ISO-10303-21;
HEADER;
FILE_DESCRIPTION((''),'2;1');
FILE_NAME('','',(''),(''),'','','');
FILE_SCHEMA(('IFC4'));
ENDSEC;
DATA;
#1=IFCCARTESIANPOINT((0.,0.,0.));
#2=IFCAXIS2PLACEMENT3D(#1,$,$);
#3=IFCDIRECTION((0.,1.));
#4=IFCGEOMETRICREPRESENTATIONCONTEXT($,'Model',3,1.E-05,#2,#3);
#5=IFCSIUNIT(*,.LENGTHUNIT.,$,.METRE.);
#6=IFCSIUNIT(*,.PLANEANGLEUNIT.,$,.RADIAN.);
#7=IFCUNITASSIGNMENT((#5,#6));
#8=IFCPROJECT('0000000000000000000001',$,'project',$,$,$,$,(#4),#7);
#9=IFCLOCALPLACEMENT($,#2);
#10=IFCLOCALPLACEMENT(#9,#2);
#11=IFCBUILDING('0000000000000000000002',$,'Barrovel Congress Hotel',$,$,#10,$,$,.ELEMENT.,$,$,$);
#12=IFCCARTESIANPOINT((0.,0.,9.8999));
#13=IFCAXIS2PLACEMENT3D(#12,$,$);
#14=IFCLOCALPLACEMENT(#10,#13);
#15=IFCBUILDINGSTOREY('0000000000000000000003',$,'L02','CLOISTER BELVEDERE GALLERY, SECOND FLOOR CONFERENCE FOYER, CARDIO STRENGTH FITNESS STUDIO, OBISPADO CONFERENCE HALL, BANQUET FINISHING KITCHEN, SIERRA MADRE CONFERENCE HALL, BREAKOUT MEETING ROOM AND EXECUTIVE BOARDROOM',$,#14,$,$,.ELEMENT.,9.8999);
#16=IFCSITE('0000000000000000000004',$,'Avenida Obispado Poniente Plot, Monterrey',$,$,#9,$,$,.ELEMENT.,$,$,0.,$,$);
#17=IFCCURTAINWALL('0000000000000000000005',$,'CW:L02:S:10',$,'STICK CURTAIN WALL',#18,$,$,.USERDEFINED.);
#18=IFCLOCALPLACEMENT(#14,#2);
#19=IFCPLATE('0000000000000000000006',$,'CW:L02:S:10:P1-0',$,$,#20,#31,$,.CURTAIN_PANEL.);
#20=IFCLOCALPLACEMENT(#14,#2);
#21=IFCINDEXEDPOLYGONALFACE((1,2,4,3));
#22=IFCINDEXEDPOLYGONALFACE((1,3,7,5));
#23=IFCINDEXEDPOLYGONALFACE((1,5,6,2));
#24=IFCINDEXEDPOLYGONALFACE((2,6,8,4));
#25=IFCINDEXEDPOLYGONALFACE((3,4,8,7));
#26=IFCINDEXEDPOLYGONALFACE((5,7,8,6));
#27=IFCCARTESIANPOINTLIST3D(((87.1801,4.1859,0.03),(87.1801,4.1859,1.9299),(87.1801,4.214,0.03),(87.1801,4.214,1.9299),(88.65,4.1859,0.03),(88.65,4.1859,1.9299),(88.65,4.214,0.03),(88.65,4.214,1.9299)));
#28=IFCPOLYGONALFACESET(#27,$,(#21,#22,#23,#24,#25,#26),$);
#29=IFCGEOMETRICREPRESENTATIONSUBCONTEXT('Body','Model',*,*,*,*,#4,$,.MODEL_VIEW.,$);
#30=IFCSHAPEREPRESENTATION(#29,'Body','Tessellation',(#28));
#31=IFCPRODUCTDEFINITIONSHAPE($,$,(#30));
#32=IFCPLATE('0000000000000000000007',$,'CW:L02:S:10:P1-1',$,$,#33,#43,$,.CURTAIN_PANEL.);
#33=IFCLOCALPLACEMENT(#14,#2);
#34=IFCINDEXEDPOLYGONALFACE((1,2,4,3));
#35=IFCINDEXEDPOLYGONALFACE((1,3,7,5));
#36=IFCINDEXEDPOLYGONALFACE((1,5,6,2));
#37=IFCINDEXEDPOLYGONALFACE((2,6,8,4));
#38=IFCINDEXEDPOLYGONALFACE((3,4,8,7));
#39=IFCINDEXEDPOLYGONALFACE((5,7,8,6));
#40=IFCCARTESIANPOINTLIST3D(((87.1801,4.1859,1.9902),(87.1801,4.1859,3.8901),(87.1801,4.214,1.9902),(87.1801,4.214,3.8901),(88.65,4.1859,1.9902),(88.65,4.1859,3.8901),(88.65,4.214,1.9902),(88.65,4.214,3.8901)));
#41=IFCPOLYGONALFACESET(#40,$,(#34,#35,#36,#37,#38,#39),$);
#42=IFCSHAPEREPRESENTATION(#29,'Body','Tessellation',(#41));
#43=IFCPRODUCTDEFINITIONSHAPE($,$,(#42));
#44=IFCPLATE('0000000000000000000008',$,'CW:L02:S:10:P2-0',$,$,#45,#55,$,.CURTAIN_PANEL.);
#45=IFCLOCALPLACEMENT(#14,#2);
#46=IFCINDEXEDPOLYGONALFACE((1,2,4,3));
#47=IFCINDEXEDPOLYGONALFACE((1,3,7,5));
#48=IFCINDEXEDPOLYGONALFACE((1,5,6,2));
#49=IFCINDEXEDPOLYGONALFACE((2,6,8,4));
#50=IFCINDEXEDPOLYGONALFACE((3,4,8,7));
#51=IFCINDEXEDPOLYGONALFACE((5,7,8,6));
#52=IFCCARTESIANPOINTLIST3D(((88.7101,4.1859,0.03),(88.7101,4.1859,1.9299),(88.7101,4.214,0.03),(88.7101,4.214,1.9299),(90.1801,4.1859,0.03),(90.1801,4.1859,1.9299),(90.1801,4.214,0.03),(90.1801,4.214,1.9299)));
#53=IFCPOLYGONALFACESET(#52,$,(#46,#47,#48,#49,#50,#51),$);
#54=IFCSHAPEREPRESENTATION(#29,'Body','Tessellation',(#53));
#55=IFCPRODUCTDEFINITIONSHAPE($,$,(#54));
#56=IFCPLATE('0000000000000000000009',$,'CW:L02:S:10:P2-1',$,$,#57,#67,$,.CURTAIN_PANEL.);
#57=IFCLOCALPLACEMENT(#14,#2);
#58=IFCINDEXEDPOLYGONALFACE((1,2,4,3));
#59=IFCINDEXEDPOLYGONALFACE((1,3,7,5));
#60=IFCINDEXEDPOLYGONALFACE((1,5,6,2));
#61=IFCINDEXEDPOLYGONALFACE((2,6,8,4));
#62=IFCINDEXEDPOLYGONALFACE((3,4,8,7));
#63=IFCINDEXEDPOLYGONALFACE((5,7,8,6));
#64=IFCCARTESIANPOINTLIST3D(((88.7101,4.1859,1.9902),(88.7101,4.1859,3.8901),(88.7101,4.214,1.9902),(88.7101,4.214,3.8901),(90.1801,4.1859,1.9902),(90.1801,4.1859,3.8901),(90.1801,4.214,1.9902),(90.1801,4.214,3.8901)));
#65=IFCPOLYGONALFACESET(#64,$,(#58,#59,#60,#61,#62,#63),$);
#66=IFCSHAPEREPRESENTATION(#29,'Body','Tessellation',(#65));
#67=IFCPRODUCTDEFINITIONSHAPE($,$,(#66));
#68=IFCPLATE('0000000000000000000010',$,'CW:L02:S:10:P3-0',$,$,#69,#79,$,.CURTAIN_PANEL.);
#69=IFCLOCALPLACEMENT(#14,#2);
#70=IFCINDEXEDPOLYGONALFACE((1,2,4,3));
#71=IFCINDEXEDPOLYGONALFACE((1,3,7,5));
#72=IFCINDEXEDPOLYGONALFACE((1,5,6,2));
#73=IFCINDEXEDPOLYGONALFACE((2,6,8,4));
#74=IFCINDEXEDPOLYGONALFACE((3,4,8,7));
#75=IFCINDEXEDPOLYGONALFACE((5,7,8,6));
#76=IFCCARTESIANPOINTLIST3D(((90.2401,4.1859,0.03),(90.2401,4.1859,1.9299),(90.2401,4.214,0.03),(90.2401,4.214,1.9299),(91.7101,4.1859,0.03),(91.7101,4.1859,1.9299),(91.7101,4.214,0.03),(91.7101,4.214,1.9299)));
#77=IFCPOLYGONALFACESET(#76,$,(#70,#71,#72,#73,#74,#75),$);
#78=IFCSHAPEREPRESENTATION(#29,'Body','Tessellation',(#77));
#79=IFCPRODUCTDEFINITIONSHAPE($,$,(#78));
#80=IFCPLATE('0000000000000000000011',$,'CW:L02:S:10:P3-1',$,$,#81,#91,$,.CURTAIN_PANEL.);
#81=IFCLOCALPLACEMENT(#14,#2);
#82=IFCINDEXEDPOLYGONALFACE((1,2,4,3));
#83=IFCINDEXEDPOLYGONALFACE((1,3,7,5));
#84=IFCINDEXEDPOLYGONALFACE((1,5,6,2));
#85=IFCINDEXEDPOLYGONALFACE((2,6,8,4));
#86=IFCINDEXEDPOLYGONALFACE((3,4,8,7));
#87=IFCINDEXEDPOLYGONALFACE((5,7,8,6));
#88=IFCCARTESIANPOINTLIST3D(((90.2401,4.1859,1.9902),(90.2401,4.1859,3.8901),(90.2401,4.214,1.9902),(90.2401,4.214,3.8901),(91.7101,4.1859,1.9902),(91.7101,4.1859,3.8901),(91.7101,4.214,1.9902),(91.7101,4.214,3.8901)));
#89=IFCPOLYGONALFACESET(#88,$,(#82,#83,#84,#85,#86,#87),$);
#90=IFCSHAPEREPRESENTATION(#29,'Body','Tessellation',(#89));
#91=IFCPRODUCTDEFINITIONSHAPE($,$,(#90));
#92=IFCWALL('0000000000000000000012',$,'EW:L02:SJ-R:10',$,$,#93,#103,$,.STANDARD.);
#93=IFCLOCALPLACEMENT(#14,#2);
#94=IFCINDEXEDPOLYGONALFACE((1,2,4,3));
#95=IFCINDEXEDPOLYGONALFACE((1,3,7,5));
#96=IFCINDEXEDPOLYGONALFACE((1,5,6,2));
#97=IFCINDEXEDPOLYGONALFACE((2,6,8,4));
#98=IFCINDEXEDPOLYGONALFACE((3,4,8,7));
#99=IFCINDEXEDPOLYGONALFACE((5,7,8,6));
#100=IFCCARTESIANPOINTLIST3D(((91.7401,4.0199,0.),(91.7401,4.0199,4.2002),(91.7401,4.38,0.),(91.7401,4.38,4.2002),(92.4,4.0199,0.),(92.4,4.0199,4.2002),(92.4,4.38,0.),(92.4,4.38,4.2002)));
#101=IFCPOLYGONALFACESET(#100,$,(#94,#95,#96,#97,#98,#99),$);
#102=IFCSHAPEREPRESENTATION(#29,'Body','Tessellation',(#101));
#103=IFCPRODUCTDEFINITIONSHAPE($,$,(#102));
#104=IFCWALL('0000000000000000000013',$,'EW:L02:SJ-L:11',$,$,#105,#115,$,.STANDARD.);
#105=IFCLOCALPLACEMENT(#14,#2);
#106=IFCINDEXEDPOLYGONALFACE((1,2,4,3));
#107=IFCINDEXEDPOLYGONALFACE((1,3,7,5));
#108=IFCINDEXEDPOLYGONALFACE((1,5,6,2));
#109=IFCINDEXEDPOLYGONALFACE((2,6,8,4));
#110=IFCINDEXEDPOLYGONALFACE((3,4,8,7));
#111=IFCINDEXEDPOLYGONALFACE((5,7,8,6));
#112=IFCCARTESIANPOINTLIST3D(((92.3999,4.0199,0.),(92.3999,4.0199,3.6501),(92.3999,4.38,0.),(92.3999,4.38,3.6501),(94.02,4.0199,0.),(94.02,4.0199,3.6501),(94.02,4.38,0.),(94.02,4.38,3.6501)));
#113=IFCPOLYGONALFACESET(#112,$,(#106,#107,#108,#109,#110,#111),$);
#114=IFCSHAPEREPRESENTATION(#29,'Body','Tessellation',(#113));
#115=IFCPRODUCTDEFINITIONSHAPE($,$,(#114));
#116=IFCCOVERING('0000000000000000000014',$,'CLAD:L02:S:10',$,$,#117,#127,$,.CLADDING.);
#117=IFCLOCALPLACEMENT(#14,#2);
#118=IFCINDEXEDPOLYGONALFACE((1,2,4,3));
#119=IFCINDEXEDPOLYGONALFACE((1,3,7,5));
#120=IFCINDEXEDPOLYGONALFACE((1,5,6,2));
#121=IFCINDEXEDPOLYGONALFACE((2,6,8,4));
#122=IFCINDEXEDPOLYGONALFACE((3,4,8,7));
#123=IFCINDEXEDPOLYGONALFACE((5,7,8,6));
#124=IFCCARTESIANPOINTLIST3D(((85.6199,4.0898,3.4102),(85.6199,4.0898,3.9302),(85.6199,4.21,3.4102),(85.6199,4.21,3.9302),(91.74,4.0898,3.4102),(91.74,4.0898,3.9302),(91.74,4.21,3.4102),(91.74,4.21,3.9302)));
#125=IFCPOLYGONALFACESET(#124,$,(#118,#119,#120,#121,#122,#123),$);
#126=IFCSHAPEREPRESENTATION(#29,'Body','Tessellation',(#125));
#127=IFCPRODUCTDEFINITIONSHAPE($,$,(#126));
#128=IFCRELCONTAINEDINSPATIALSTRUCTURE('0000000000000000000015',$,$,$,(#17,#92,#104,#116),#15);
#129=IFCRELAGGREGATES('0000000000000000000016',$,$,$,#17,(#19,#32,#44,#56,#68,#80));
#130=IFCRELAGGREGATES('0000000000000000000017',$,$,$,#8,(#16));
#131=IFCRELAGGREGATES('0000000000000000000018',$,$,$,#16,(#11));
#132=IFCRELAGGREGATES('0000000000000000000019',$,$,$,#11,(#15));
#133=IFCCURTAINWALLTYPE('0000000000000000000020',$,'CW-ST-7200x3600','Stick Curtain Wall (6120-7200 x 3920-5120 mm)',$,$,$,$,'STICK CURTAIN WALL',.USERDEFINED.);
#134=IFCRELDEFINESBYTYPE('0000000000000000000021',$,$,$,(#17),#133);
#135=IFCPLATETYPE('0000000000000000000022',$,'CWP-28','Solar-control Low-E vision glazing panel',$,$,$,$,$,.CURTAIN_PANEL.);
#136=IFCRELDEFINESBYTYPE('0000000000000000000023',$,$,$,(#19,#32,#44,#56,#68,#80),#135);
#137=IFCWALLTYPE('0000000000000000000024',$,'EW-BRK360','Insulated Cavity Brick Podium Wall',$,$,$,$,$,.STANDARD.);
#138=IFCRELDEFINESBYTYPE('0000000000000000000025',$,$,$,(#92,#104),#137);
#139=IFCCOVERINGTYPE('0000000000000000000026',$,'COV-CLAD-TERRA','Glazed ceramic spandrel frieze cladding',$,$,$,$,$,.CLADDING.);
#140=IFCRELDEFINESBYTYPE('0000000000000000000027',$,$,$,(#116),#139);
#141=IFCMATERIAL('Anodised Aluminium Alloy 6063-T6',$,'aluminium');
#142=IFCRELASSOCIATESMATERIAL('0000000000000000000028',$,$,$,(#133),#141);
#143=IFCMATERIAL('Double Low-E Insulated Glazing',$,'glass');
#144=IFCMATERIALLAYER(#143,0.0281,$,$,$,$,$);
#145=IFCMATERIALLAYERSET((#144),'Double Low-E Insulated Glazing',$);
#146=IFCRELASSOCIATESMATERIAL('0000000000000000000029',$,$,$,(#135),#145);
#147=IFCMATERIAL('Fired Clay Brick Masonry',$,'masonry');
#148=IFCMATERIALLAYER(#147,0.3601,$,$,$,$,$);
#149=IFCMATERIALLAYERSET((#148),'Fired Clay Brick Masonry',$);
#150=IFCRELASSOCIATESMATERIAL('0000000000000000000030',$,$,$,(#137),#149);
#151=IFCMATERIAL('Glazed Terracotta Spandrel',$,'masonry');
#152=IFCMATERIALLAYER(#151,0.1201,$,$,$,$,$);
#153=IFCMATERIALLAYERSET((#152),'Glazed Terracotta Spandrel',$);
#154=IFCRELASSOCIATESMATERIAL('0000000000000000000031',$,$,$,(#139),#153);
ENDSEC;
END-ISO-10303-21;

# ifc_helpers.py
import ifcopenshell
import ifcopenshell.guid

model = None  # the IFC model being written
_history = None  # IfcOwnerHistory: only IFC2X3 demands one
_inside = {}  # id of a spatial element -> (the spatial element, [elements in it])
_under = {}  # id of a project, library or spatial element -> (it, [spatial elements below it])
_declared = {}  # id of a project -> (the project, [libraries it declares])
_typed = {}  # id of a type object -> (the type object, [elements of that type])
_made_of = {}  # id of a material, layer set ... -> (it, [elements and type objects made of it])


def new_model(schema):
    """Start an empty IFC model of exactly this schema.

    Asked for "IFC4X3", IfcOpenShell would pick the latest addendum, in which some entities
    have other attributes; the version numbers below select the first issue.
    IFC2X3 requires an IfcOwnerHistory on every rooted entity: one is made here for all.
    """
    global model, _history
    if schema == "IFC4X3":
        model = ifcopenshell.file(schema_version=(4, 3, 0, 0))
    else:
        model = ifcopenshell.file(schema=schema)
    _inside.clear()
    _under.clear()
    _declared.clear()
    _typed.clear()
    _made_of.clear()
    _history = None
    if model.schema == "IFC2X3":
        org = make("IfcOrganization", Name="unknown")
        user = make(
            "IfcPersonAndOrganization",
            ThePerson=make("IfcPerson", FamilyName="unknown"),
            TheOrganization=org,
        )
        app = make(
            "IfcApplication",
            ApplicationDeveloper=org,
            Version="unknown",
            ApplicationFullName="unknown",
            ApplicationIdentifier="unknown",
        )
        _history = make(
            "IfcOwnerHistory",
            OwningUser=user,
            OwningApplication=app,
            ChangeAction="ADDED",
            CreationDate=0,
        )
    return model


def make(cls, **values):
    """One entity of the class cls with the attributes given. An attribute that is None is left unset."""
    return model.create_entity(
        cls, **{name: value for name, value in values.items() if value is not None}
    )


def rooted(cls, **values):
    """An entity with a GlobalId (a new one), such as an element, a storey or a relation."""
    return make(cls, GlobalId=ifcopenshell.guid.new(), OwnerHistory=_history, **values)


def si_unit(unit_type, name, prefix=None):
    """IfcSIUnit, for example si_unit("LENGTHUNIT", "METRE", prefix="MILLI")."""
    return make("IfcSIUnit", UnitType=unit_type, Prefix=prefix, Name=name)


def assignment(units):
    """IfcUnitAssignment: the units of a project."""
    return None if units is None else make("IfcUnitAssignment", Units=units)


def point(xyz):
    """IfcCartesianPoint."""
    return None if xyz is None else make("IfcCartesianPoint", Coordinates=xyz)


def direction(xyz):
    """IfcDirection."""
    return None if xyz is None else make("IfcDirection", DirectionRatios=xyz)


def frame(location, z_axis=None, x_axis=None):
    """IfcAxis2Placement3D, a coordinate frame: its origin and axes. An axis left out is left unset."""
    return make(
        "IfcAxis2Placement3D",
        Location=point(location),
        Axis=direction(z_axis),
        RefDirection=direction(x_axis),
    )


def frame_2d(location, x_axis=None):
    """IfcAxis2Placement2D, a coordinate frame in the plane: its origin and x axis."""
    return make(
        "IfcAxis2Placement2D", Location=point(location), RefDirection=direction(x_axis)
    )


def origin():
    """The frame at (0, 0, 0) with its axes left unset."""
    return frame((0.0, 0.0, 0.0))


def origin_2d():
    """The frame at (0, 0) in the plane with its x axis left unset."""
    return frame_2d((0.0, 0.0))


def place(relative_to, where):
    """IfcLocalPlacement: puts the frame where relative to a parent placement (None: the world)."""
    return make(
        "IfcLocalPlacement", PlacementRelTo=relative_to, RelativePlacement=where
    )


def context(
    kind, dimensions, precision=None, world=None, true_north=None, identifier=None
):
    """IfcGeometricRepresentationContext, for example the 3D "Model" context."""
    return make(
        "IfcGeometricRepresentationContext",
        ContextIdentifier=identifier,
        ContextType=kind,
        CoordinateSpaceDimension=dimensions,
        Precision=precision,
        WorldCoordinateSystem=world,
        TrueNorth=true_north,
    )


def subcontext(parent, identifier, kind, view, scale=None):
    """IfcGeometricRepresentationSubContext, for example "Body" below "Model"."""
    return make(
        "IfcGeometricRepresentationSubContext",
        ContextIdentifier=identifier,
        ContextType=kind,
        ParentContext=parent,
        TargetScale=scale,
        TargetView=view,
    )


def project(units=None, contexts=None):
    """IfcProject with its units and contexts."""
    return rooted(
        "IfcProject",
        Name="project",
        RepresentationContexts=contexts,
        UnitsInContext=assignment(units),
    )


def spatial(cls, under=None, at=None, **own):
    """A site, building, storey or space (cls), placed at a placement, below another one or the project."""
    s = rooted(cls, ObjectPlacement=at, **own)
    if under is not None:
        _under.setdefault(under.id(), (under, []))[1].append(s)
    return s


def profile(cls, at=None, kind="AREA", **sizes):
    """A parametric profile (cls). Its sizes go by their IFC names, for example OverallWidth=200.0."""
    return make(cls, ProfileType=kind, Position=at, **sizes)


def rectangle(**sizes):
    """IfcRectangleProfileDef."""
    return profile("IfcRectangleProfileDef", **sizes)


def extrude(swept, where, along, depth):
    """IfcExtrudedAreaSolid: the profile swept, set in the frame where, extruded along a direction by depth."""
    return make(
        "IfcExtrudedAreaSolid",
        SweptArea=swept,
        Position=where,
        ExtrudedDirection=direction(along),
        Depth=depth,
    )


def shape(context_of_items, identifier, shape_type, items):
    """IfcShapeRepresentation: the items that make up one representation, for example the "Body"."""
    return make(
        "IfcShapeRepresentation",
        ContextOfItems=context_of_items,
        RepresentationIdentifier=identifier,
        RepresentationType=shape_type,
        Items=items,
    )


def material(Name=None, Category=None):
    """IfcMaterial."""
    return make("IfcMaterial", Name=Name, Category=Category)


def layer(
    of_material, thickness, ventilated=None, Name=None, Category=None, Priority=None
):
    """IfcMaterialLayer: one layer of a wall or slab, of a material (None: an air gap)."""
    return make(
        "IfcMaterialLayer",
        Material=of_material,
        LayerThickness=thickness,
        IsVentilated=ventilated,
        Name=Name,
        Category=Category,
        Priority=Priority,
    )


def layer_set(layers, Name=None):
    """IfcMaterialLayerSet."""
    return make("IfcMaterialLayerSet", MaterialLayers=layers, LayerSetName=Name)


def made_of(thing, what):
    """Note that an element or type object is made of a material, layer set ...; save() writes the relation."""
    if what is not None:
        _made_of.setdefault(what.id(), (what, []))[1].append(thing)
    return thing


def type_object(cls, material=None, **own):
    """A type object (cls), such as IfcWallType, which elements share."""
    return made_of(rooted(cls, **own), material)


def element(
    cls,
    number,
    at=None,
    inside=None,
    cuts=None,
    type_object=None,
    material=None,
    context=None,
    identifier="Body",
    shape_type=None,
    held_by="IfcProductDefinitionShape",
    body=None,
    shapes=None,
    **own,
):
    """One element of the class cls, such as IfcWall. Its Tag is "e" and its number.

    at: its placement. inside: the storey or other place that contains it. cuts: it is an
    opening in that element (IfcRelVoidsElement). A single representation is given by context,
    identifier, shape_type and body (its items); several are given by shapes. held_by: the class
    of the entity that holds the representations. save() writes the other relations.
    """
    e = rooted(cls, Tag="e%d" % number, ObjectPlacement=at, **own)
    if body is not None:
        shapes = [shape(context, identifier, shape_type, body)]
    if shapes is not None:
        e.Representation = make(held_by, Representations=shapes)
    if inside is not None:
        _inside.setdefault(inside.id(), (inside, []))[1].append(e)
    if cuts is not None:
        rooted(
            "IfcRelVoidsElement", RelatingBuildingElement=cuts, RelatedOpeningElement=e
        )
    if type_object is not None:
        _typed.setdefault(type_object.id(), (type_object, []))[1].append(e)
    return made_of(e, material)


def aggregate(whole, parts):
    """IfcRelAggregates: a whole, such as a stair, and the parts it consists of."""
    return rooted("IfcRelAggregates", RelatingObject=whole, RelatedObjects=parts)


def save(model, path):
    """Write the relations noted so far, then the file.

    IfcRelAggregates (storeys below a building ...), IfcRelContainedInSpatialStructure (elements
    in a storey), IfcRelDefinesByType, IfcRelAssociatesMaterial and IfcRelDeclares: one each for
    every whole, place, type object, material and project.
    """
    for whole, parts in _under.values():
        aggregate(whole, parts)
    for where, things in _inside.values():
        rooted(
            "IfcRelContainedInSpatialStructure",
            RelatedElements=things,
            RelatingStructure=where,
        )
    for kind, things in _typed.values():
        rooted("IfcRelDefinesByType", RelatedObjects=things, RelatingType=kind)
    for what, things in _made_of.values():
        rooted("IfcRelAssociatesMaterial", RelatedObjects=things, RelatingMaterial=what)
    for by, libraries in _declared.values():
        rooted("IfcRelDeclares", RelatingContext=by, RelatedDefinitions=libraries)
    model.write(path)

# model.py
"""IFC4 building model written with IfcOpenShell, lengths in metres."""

from ifc_helpers import new_model, si_unit, direction, frame, frame_2d, origin, origin_2d, place, context, subcontext, project, spatial, rectangle, extrude, material, layer, layer_set, type_object, element, aggregate, save


model = new_model("IFC4")

# Units and contexts
model_context = context("Model", 3, precision=1e-05, world=origin(), true_north=direction((0.0, 1.0)))
body_context = subcontext(model_context, "Body", "Model", "MODEL_VIEW")
ifc_project = project(units=[si_unit("LENGTHUNIT", "METRE"), si_unit("PLANEANGLEUNIT", "RADIAN")], contexts=[model_context])

# Site, building, storey
site_placement = place(None, origin())
site = spatial("IfcSite", under=ifc_project, at=site_placement, Name="Avenida Obispado Poniente Plot, Monterrey", CompositionType="ELEMENT", RefElevation=0.0)
building_placement = place(site_placement, origin())
building = spatial("IfcBuilding", under=site, at=building_placement, Name="Barrovel Congress Hotel", CompositionType="ELEMENT")
storey_placement = place(building_placement, frame((0.0, 0.0, 9.8999)))
storey = spatial("IfcBuildingStorey", under=building, at=storey_placement, Name="L02", Description="CLOISTER BELVEDERE GALLERY, SECOND FLOOR CONFERENCE FOYER, CARDIO STRENGTH FITNESS STUDIO, OBISPADO CONFERENCE HALL, BANQUET FINISHING KITCHEN, SIERRA MADRE CONFERENCE HALL, BREAKOUT MEETING ROOM AND EXECUTIVE BOARDROOM", CompositionType="ELEMENT", Elevation=9.8999)

# Curtain wall
ifc_material_1 = material(Name="Anodised Aluminium Alloy 6063-T6", Category="aluminium")
curtain_wall_type = type_object("IfcCurtainWallType", Name="CW-ST-7200x3600", Description="Stick Curtain Wall (6120-7200 x 3920-5120 mm)", ElementType="STICK CURTAIN WALL", PredefinedType="USERDEFINED", material=ifc_material_1)
curtain_wall_placement = place(storey_placement, origin())
curtain_wall = element("IfcCurtainWall", 1, at=curtain_wall_placement, inside=storey, type_object=curtain_wall_type, Name="CW:L02:S:10", ObjectType="STICK CURTAIN WALL", PredefinedType="USERDEFINED")

# Plates
ifc_material_2 = material(Name="Double Low-E Insulated Glazing", Category="glass")
ifc_layer_1 = layer(ifc_material_2, 0.0281)
ifc_layer_set_1 = layer_set([ifc_layer_1], Name="Double Low-E Insulated Glazing")
plate_type = type_object("IfcPlateType", Name="CWP-28", Description="Solar-control Low-E vision glazing panel", PredefinedType="CURTAIN_PANEL", material=ifc_layer_set_1)
plate_1_placement = place(storey_placement, frame((87.915, 4.2, 0.03), z_axis=(0.0, 0.0, 1.0), x_axis=(1.0, 0.0, 0.0)))
plate_1 = element("IfcPlate", 2, at=plate_1_placement, type_object=plate_type, Name="CW:L02:S:10:P1-0", PredefinedType="CURTAIN_PANEL", context=body_context, shape_type="SweptSolid", body=[
    extrude(rectangle(XDim=1.47, YDim=0.0281, at=origin_2d()), origin(), (0.0, 0.0, 1.0), 1.8999),
])
plate_2_placement = place(storey_placement, frame((87.915, 4.2, 1.9902), z_axis=(0.0, 0.0, 1.0), x_axis=(1.0, 0.0, 0.0)))
plate_2 = element("IfcPlate", 3, at=plate_2_placement, type_object=plate_type, Name="CW:L02:S:10:P1-1", PredefinedType="CURTAIN_PANEL", context=body_context, shape_type="SweptSolid", body=[
    extrude(rectangle(XDim=1.47, YDim=0.0281, at=origin_2d()), origin(), (0.0, 0.0, 1.0), 1.8999),
])
plate_3_placement = place(storey_placement, frame((89.4451, 4.2, 0.03), z_axis=(0.0, 0.0, 1.0), x_axis=(1.0, 0.0, 0.0)))
plate_3 = element("IfcPlate", 4, at=plate_3_placement, type_object=plate_type, Name="CW:L02:S:10:P2-0", PredefinedType="CURTAIN_PANEL", context=body_context, shape_type="SweptSolid", body=[
    extrude(rectangle(XDim=1.47, YDim=0.0281, at=origin_2d()), origin(), (0.0, 0.0, 1.0), 1.8999),
])
plate_4_placement = place(storey_placement, frame((89.4451, 4.2, 1.9902), z_axis=(0.0, 0.0, 1.0), x_axis=(1.0, 0.0, 0.0)))
plate_4 = element("IfcPlate", 5, at=plate_4_placement, type_object=plate_type, Name="CW:L02:S:10:P2-1", PredefinedType="CURTAIN_PANEL", context=body_context, shape_type="SweptSolid", body=[
    extrude(rectangle(XDim=1.47, YDim=0.0281, at=origin_2d()), origin(), (0.0, 0.0, 1.0), 1.8999),
])
plate_5_placement = place(storey_placement, frame((90.9751, 4.2, 0.03), z_axis=(0.0, 0.0, 1.0), x_axis=(1.0, 0.0, 0.0)))
plate_5 = element("IfcPlate", 6, at=plate_5_placement, type_object=plate_type, Name="CW:L02:S:10:P3-0", PredefinedType="CURTAIN_PANEL", context=body_context, shape_type="SweptSolid", body=[
    extrude(rectangle(XDim=1.47, YDim=0.0281, at=origin_2d()), origin(), (0.0, 0.0, 1.0), 1.8999),
])
plate_6_placement = place(storey_placement, frame((90.9751, 4.2, 1.9902), z_axis=(0.0, 0.0, 1.0), x_axis=(1.0, 0.0, 0.0)))
plate_6 = element("IfcPlate", 7, at=plate_6_placement, type_object=plate_type, Name="CW:L02:S:10:P3-1", PredefinedType="CURTAIN_PANEL", context=body_context, shape_type="SweptSolid", body=[
    extrude(rectangle(XDim=1.47, YDim=0.0281, at=origin_2d()), origin(), (0.0, 0.0, 1.0), 1.8999),
])
aggregate(curtain_wall, [plate_1, plate_2, plate_3, plate_4, plate_5, plate_6])

# Walls
ifc_material_3 = material(Name="Fired Clay Brick Masonry", Category="masonry")
ifc_layer_2 = layer(ifc_material_3, 0.3601)
ifc_layer_set_2 = layer_set([ifc_layer_2], Name="Fired Clay Brick Masonry")
wall_type = type_object("IfcWallType", Name="EW-BRK360", Description="Insulated Cavity Brick Podium Wall", PredefinedType="STANDARD", material=ifc_layer_set_2)
wall_1_placement = place(storey_placement, frame((91.74, 4.2, 0.0), z_axis=(0.0, 0.0, 1.0), x_axis=(1.0, 0.0, 0.0)))
element("IfcWall", 8, at=wall_1_placement, inside=storey, type_object=wall_type, Name="EW:L02:SJ-R:10", PredefinedType="STANDARD", context=body_context, shape_type="SweptSolid", body=[
    extrude(rectangle(XDim=0.6599, YDim=0.3601, at=frame_2d((0.3301, 0.0))), origin(), (0.0, 0.0, 1.0), 4.2002),
])
wall_2_placement = place(storey_placement, frame((92.3999, 4.2, 0.0), z_axis=(0.0, 0.0, 1.0), x_axis=(1.0, 0.0, 0.0)))
element("IfcWall", 9, at=wall_2_placement, inside=storey, type_object=wall_type, Name="EW:L02:SJ-L:11", PredefinedType="STANDARD", context=body_context, shape_type="SweptSolid", body=[
    extrude(rectangle(XDim=1.6201, YDim=0.3601, at=frame_2d((0.8101, 0.0))), origin(), (0.0, 0.0, 1.0), 3.6501),
])

# Covering
ifc_material_4 = material(Name="Glazed Terracotta Spandrel", Category="masonry")
ifc_layer_3 = layer(ifc_material_4, 0.1201)
ifc_layer_set_3 = layer_set([ifc_layer_3], Name="Glazed Terracotta Spandrel")
covering_type = type_object("IfcCoveringType", Name="COV-CLAD-TERRA", Description="Glazed ceramic spandrel frieze cladding", PredefinedType="CLADDING", material=ifc_layer_set_3)
covering_placement = place(storey_placement, frame((88.6799, 4.1499, 3.4102), z_axis=(0.0, 0.0, 1.0), x_axis=(1.0, 0.0, 0.0)))
element("IfcCovering", 10, at=covering_placement, inside=storey, type_object=covering_type, Name="CLAD:L02:S:10", PredefinedType="CLADDING", context=body_context, shape_type="SweptSolid", body=[
    extrude(rectangle(XDim=6.1201, YDim=0.1201, at=origin_2d()), origin(), (0.0, 0.0, 1.0), 0.52),
])

save(model, "model.ifc")
